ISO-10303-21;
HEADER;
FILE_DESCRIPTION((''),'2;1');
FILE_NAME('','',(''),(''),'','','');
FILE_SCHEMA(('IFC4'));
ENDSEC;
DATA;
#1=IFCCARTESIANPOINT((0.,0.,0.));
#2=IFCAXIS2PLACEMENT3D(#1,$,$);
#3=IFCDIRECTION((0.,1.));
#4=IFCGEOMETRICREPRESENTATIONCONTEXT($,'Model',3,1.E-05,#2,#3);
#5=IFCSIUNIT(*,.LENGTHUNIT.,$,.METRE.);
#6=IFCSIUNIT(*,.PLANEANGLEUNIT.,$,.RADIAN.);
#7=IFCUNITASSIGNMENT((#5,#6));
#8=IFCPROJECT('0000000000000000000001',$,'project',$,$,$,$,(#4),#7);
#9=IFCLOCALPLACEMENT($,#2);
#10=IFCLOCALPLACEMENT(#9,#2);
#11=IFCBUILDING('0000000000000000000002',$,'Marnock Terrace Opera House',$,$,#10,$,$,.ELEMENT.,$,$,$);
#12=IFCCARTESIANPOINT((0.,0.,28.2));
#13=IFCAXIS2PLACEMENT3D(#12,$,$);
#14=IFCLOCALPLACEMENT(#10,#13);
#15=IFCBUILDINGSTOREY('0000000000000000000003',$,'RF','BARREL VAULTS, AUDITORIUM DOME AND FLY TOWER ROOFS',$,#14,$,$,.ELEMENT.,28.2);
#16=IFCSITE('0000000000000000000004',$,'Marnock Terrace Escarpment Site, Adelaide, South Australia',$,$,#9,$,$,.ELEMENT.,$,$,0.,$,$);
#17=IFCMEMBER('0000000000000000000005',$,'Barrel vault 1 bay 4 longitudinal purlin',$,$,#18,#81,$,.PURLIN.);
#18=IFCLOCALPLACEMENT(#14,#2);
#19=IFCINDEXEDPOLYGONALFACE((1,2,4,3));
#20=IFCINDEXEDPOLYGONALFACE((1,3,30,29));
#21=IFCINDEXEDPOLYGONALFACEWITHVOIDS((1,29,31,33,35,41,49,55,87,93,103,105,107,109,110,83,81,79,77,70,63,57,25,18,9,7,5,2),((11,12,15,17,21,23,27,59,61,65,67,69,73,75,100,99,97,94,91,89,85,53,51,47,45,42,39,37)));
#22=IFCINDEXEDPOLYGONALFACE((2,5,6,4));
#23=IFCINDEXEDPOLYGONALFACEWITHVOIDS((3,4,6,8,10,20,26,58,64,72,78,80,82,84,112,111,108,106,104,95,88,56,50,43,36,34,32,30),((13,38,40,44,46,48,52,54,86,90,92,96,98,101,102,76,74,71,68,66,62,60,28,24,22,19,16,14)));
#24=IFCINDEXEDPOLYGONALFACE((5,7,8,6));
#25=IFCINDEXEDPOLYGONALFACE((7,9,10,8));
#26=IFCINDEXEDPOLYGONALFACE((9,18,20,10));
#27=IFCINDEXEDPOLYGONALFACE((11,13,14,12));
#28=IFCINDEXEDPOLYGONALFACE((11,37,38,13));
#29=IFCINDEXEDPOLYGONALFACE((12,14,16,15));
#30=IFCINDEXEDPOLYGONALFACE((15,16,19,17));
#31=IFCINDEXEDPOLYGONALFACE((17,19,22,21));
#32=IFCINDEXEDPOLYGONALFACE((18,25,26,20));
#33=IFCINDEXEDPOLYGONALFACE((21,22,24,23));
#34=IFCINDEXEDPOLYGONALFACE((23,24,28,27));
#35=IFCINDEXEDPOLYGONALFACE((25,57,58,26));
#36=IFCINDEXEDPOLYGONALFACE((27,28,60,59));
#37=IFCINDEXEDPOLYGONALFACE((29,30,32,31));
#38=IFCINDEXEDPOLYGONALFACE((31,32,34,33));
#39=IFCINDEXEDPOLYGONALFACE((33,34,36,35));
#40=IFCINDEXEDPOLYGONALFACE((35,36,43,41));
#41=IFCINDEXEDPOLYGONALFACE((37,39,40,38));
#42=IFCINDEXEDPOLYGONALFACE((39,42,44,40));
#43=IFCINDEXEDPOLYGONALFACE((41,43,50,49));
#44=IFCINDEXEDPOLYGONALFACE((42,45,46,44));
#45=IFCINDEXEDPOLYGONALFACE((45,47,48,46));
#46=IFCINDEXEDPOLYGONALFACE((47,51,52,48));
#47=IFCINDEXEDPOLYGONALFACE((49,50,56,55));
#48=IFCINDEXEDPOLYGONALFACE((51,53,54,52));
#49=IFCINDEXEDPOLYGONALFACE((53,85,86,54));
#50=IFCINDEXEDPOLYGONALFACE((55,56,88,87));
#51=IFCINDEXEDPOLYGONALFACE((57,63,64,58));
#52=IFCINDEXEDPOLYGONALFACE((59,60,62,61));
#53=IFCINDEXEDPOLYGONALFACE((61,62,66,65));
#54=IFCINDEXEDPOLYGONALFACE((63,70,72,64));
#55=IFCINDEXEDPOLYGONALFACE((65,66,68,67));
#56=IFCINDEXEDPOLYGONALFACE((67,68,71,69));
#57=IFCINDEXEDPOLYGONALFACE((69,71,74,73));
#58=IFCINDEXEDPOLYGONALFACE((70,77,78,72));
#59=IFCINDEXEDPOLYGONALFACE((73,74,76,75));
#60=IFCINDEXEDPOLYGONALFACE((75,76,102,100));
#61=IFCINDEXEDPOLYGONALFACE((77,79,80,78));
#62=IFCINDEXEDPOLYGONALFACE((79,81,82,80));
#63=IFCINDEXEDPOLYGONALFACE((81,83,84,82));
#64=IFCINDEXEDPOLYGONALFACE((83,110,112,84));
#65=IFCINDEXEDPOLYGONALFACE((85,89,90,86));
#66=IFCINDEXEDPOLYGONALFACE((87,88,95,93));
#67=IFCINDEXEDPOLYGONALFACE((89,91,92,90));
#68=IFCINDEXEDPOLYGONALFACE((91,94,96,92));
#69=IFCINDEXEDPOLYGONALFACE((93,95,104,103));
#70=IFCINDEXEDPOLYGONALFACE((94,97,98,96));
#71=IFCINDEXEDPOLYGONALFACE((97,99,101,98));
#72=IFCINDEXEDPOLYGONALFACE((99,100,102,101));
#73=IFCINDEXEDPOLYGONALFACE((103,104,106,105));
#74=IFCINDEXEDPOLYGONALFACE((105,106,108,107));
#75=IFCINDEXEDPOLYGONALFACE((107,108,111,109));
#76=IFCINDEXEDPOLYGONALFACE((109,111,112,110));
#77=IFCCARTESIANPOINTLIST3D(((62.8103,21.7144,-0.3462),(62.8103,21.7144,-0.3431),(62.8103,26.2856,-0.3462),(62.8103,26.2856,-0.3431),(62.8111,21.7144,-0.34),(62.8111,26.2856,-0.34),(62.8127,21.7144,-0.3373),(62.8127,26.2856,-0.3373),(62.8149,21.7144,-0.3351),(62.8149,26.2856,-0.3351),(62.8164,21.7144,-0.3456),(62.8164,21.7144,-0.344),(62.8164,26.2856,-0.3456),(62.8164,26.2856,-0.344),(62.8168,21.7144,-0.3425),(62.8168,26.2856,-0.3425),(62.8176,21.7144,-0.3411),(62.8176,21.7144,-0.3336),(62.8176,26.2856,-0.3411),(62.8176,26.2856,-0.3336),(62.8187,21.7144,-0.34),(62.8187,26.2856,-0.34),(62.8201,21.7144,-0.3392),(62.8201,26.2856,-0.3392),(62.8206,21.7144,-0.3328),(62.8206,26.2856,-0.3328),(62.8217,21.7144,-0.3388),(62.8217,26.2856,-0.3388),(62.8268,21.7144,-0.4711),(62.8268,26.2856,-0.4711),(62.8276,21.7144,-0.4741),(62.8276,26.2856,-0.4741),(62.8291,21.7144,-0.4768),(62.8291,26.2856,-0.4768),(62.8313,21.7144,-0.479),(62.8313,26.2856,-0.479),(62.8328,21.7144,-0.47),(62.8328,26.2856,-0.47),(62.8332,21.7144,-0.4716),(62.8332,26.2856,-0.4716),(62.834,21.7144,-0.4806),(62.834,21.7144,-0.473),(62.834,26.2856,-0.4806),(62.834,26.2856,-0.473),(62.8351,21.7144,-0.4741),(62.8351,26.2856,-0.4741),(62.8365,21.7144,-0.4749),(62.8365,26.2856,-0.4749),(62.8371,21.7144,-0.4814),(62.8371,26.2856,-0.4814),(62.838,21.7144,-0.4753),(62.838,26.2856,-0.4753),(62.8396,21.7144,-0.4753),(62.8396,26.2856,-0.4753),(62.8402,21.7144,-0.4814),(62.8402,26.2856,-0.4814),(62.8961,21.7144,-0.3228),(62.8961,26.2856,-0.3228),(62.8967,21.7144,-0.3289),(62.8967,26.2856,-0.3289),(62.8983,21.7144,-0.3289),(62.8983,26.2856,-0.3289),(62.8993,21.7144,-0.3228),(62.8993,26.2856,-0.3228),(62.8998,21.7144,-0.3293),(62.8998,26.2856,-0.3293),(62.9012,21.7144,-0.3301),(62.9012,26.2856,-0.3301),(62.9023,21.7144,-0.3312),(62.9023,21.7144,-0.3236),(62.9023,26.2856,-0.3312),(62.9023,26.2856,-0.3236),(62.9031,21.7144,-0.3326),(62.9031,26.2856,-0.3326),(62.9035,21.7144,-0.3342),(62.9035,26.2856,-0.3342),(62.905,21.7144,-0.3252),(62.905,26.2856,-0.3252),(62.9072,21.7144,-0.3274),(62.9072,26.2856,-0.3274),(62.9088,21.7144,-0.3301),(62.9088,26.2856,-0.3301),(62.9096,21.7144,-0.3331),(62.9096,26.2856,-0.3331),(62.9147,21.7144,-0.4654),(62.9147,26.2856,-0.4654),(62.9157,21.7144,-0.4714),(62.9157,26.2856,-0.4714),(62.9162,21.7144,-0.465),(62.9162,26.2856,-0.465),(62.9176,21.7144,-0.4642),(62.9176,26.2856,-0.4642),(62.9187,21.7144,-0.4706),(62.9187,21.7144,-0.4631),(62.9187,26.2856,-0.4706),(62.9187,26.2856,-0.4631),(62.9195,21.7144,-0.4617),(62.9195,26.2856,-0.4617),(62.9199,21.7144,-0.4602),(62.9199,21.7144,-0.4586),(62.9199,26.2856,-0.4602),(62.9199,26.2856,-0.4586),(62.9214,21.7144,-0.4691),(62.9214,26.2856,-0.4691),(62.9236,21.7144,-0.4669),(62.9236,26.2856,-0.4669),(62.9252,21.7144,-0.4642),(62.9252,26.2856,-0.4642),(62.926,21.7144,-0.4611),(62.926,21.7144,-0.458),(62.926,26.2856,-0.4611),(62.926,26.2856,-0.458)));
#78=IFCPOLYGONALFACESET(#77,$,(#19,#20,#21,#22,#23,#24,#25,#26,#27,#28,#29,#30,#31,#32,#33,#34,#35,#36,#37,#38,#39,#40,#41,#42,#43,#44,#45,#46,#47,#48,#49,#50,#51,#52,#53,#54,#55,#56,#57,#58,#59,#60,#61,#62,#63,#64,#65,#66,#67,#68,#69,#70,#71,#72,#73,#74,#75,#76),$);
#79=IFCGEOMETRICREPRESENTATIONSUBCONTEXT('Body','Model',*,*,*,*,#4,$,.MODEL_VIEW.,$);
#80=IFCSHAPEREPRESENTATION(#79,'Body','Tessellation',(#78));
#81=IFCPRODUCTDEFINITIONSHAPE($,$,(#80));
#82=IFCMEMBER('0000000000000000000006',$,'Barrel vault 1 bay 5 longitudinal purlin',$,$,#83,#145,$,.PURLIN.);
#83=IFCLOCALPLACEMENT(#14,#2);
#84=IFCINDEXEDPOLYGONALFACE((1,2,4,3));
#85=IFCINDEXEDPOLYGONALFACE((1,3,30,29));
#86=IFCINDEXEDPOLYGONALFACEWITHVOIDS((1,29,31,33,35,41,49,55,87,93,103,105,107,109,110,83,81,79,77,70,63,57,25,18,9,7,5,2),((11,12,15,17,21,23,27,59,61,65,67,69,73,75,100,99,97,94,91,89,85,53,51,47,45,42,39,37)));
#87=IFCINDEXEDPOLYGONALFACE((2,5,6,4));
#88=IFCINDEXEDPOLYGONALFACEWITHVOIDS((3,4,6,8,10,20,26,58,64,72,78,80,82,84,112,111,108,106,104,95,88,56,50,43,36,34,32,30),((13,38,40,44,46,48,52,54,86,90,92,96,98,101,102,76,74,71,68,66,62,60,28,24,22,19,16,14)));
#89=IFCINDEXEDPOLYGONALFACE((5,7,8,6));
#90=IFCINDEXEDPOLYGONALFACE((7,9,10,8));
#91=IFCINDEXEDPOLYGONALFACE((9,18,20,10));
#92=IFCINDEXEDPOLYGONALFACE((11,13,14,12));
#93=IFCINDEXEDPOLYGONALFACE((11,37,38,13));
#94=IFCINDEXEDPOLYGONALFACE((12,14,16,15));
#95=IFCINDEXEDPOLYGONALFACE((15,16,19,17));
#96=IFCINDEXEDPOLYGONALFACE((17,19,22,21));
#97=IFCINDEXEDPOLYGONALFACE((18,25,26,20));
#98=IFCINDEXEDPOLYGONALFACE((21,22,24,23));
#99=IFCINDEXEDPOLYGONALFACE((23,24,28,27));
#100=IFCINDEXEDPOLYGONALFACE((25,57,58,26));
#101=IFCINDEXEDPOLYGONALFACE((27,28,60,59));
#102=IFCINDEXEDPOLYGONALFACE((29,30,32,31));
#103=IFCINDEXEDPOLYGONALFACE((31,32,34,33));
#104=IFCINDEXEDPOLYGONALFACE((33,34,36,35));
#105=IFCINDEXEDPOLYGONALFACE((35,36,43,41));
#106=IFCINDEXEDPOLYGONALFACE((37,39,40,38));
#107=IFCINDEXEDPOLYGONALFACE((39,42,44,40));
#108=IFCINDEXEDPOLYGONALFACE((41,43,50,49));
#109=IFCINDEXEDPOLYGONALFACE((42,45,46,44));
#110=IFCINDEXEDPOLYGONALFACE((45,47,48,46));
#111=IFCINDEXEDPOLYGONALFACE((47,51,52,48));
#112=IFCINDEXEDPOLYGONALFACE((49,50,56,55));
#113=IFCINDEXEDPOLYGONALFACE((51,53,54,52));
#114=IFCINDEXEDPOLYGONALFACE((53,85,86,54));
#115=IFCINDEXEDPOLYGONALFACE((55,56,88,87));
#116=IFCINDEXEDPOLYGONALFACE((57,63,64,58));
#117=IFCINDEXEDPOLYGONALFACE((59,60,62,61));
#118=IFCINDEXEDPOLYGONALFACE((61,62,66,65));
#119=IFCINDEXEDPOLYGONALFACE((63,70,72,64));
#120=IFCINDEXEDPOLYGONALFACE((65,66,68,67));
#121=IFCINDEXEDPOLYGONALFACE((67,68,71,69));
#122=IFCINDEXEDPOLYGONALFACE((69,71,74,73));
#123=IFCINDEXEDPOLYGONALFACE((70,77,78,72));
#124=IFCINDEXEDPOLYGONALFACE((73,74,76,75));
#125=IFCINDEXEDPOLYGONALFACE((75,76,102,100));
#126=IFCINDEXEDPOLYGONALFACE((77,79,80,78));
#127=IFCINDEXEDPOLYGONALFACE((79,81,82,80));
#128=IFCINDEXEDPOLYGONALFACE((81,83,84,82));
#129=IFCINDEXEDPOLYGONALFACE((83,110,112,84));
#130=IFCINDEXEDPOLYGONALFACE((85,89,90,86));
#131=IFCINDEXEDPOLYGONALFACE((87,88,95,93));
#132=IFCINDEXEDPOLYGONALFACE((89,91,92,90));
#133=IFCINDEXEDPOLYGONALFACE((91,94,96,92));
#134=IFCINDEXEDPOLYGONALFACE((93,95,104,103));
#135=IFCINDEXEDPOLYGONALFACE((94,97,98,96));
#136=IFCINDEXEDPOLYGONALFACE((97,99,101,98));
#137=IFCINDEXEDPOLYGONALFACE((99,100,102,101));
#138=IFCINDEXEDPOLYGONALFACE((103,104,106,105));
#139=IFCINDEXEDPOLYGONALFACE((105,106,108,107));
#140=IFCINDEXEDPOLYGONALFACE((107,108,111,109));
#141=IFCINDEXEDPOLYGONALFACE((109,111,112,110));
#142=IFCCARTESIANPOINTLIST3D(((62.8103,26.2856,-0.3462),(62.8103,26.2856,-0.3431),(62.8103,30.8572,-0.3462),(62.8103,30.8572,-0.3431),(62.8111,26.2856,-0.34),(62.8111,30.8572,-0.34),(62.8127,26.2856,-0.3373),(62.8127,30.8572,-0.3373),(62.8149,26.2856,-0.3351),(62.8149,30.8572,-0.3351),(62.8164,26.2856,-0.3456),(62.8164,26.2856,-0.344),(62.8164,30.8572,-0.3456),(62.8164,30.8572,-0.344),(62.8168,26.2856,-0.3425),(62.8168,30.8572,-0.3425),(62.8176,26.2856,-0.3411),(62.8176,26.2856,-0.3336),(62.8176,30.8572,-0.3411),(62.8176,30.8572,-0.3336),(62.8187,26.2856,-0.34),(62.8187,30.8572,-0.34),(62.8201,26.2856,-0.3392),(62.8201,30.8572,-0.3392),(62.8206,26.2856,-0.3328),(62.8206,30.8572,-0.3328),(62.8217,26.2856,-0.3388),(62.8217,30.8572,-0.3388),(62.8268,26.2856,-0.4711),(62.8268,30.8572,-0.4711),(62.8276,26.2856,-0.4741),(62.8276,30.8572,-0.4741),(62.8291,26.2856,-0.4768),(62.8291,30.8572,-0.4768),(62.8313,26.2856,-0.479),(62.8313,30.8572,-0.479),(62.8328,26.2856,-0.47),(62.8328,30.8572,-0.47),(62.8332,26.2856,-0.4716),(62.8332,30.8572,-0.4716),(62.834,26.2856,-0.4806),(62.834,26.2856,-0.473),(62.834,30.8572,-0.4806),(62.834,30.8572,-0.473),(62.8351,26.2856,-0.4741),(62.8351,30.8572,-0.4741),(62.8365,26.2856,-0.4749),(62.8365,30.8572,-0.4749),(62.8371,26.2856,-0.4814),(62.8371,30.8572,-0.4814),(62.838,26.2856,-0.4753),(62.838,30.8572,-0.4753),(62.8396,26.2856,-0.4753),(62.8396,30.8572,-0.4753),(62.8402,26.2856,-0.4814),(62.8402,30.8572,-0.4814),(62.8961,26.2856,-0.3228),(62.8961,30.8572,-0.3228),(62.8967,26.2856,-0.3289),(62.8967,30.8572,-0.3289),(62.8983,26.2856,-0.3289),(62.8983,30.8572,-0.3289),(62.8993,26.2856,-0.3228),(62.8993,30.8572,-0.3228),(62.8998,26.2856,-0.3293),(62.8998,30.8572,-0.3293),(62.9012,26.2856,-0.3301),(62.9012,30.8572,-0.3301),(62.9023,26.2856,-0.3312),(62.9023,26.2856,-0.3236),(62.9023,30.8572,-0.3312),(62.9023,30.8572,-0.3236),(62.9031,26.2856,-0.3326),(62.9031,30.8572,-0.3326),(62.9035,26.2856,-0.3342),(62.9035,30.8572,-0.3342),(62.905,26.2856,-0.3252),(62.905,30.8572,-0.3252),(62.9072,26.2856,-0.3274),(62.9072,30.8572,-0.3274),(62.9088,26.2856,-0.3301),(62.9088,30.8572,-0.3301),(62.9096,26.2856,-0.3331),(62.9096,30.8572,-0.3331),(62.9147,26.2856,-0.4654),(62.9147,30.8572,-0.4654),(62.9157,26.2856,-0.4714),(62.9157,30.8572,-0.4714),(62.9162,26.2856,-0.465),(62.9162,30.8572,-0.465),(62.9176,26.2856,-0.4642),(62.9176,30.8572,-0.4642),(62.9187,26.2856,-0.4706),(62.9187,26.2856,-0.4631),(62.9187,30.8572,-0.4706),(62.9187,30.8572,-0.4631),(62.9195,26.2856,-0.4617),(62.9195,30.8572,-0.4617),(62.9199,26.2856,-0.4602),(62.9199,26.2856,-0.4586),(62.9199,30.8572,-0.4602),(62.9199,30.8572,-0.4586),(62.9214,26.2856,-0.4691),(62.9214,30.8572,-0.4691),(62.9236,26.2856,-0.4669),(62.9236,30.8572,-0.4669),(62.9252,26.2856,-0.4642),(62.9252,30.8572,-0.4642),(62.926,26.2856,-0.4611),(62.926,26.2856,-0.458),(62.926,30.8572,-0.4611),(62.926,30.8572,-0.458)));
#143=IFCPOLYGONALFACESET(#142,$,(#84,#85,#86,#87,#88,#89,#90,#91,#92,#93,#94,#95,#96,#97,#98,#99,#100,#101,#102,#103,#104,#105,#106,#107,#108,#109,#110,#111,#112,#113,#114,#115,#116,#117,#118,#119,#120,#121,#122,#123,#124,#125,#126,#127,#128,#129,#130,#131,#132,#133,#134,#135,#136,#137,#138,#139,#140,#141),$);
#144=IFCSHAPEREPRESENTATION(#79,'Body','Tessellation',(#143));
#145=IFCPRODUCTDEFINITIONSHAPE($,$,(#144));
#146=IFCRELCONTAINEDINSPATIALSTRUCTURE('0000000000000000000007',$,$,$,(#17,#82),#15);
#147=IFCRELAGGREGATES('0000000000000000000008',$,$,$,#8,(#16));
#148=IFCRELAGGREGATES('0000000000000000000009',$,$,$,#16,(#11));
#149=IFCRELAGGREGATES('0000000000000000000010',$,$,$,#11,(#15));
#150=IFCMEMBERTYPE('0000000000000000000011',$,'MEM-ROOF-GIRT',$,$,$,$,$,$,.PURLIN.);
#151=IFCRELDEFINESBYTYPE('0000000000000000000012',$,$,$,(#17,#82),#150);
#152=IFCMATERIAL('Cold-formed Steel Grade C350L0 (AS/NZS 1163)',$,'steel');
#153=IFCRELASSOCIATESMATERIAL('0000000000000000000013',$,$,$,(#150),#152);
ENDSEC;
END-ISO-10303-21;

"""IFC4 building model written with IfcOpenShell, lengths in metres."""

from ifc_helpers import new_model, si_unit, direction, frame, origin, origin_2d, place, context, subcontext, project, spatial, hollow_rectangle, extrude, material, material_profile, profile_set, type_object, element, save


model = new_model("IFC4")

# Units and contexts
model_context = context("Model", 3, precision=1e-05, world=origin(), true_north=direction((0.0, 1.0)))
body_context = subcontext(model_context, "Body", "Model", "MODEL_VIEW")
ifc_project = project(units=[si_unit("LENGTHUNIT", "METRE"), si_unit("PLANEANGLEUNIT", "RADIAN")], contexts=[model_context])

# Site, building, storey
site_placement = place(None, origin())
site = spatial("IfcSite", under=ifc_project, at=site_placement, Name="Marnock Terrace Escarpment Site, Adelaide, South Australia", CompositionType="ELEMENT", RefElevation=0.0)
building_placement = place(site_placement, origin())
building = spatial("IfcBuilding", under=site, at=building_placement, Name="Marnock Terrace Opera House", CompositionType="ELEMENT")
storey_placement = place(building_placement, frame((0.0, 0.0, 28.2)))
storey = spatial("IfcBuildingStorey", under=building, at=storey_placement, Name="RF", Description="BARREL VAULTS, AUDITORIUM DOME AND FLY TOWER ROOFS", CompositionType="ELEMENT", Elevation=28.2)

# Members
ifc_material_1 = material(Name="Cold-formed Steel Grade C350L0 (AS/NZS 1163)", Category="steel")
ifc_material_profile_1 = material_profile(ifc_material_1, hollow_rectangle(XDim=0.1001, YDim=0.1499, WallThickness=0.0061, InnerFilletRadius=0.0061, OuterFilletRadius=0.012, at=origin_2d()))
ifc_profile_set_1 = profile_set([ifc_material_profile_1], Name="Cold-formed Steel Grade C350L0 (AS/NZS 1163)")
member_type_1 = type_object("IfcMemberType", Name="MEM-ROOF-GIRT", PredefinedType="PURLIN", material=ifc_profile_set_1)
member_1_placement = place(storey_placement, frame((62.8682, 21.7144, -0.4021), z_axis=(0.0, 1.0, 0.0), x_axis=(-0.991445, 0.0, -0.130526)))
element("IfcMember", 1, at=member_1_placement, inside=storey, type_object=member_type_1, Name="Barrel vault 1 bay 4 longitudinal purlin", PredefinedType="PURLIN", context=body_context, shape_type="SweptSolid", body=[
    extrude(hollow_rectangle(XDim=0.1001, YDim=0.1499, WallThickness=0.0061, InnerFilletRadius=0.0061, OuterFilletRadius=0.012, at=origin_2d()), origin(), (0.0, 0.0, 1.0), 4.5713),
])
member_2_placement = place(storey_placement, frame((62.8682, 26.2856, -0.4021), z_axis=(0.0, 1.0, 0.0), x_axis=(-0.991445, 0.0, -0.130526)))
element("IfcMember", 2, at=member_2_placement, inside=storey, type_object=member_type_1, Name="Barrel vault 1 bay 5 longitudinal purlin", PredefinedType="PURLIN", context=body_context, shape_type="SweptSolid", body=[
    extrude(hollow_rectangle(XDim=0.1001, YDim=0.1499, WallThickness=0.0061, InnerFilletRadius=0.0061, OuterFilletRadius=0.012, at=origin_2d()), origin(), (0.0, 0.0, 1.0), 4.5715),
])

save(model, "model.ifc")
